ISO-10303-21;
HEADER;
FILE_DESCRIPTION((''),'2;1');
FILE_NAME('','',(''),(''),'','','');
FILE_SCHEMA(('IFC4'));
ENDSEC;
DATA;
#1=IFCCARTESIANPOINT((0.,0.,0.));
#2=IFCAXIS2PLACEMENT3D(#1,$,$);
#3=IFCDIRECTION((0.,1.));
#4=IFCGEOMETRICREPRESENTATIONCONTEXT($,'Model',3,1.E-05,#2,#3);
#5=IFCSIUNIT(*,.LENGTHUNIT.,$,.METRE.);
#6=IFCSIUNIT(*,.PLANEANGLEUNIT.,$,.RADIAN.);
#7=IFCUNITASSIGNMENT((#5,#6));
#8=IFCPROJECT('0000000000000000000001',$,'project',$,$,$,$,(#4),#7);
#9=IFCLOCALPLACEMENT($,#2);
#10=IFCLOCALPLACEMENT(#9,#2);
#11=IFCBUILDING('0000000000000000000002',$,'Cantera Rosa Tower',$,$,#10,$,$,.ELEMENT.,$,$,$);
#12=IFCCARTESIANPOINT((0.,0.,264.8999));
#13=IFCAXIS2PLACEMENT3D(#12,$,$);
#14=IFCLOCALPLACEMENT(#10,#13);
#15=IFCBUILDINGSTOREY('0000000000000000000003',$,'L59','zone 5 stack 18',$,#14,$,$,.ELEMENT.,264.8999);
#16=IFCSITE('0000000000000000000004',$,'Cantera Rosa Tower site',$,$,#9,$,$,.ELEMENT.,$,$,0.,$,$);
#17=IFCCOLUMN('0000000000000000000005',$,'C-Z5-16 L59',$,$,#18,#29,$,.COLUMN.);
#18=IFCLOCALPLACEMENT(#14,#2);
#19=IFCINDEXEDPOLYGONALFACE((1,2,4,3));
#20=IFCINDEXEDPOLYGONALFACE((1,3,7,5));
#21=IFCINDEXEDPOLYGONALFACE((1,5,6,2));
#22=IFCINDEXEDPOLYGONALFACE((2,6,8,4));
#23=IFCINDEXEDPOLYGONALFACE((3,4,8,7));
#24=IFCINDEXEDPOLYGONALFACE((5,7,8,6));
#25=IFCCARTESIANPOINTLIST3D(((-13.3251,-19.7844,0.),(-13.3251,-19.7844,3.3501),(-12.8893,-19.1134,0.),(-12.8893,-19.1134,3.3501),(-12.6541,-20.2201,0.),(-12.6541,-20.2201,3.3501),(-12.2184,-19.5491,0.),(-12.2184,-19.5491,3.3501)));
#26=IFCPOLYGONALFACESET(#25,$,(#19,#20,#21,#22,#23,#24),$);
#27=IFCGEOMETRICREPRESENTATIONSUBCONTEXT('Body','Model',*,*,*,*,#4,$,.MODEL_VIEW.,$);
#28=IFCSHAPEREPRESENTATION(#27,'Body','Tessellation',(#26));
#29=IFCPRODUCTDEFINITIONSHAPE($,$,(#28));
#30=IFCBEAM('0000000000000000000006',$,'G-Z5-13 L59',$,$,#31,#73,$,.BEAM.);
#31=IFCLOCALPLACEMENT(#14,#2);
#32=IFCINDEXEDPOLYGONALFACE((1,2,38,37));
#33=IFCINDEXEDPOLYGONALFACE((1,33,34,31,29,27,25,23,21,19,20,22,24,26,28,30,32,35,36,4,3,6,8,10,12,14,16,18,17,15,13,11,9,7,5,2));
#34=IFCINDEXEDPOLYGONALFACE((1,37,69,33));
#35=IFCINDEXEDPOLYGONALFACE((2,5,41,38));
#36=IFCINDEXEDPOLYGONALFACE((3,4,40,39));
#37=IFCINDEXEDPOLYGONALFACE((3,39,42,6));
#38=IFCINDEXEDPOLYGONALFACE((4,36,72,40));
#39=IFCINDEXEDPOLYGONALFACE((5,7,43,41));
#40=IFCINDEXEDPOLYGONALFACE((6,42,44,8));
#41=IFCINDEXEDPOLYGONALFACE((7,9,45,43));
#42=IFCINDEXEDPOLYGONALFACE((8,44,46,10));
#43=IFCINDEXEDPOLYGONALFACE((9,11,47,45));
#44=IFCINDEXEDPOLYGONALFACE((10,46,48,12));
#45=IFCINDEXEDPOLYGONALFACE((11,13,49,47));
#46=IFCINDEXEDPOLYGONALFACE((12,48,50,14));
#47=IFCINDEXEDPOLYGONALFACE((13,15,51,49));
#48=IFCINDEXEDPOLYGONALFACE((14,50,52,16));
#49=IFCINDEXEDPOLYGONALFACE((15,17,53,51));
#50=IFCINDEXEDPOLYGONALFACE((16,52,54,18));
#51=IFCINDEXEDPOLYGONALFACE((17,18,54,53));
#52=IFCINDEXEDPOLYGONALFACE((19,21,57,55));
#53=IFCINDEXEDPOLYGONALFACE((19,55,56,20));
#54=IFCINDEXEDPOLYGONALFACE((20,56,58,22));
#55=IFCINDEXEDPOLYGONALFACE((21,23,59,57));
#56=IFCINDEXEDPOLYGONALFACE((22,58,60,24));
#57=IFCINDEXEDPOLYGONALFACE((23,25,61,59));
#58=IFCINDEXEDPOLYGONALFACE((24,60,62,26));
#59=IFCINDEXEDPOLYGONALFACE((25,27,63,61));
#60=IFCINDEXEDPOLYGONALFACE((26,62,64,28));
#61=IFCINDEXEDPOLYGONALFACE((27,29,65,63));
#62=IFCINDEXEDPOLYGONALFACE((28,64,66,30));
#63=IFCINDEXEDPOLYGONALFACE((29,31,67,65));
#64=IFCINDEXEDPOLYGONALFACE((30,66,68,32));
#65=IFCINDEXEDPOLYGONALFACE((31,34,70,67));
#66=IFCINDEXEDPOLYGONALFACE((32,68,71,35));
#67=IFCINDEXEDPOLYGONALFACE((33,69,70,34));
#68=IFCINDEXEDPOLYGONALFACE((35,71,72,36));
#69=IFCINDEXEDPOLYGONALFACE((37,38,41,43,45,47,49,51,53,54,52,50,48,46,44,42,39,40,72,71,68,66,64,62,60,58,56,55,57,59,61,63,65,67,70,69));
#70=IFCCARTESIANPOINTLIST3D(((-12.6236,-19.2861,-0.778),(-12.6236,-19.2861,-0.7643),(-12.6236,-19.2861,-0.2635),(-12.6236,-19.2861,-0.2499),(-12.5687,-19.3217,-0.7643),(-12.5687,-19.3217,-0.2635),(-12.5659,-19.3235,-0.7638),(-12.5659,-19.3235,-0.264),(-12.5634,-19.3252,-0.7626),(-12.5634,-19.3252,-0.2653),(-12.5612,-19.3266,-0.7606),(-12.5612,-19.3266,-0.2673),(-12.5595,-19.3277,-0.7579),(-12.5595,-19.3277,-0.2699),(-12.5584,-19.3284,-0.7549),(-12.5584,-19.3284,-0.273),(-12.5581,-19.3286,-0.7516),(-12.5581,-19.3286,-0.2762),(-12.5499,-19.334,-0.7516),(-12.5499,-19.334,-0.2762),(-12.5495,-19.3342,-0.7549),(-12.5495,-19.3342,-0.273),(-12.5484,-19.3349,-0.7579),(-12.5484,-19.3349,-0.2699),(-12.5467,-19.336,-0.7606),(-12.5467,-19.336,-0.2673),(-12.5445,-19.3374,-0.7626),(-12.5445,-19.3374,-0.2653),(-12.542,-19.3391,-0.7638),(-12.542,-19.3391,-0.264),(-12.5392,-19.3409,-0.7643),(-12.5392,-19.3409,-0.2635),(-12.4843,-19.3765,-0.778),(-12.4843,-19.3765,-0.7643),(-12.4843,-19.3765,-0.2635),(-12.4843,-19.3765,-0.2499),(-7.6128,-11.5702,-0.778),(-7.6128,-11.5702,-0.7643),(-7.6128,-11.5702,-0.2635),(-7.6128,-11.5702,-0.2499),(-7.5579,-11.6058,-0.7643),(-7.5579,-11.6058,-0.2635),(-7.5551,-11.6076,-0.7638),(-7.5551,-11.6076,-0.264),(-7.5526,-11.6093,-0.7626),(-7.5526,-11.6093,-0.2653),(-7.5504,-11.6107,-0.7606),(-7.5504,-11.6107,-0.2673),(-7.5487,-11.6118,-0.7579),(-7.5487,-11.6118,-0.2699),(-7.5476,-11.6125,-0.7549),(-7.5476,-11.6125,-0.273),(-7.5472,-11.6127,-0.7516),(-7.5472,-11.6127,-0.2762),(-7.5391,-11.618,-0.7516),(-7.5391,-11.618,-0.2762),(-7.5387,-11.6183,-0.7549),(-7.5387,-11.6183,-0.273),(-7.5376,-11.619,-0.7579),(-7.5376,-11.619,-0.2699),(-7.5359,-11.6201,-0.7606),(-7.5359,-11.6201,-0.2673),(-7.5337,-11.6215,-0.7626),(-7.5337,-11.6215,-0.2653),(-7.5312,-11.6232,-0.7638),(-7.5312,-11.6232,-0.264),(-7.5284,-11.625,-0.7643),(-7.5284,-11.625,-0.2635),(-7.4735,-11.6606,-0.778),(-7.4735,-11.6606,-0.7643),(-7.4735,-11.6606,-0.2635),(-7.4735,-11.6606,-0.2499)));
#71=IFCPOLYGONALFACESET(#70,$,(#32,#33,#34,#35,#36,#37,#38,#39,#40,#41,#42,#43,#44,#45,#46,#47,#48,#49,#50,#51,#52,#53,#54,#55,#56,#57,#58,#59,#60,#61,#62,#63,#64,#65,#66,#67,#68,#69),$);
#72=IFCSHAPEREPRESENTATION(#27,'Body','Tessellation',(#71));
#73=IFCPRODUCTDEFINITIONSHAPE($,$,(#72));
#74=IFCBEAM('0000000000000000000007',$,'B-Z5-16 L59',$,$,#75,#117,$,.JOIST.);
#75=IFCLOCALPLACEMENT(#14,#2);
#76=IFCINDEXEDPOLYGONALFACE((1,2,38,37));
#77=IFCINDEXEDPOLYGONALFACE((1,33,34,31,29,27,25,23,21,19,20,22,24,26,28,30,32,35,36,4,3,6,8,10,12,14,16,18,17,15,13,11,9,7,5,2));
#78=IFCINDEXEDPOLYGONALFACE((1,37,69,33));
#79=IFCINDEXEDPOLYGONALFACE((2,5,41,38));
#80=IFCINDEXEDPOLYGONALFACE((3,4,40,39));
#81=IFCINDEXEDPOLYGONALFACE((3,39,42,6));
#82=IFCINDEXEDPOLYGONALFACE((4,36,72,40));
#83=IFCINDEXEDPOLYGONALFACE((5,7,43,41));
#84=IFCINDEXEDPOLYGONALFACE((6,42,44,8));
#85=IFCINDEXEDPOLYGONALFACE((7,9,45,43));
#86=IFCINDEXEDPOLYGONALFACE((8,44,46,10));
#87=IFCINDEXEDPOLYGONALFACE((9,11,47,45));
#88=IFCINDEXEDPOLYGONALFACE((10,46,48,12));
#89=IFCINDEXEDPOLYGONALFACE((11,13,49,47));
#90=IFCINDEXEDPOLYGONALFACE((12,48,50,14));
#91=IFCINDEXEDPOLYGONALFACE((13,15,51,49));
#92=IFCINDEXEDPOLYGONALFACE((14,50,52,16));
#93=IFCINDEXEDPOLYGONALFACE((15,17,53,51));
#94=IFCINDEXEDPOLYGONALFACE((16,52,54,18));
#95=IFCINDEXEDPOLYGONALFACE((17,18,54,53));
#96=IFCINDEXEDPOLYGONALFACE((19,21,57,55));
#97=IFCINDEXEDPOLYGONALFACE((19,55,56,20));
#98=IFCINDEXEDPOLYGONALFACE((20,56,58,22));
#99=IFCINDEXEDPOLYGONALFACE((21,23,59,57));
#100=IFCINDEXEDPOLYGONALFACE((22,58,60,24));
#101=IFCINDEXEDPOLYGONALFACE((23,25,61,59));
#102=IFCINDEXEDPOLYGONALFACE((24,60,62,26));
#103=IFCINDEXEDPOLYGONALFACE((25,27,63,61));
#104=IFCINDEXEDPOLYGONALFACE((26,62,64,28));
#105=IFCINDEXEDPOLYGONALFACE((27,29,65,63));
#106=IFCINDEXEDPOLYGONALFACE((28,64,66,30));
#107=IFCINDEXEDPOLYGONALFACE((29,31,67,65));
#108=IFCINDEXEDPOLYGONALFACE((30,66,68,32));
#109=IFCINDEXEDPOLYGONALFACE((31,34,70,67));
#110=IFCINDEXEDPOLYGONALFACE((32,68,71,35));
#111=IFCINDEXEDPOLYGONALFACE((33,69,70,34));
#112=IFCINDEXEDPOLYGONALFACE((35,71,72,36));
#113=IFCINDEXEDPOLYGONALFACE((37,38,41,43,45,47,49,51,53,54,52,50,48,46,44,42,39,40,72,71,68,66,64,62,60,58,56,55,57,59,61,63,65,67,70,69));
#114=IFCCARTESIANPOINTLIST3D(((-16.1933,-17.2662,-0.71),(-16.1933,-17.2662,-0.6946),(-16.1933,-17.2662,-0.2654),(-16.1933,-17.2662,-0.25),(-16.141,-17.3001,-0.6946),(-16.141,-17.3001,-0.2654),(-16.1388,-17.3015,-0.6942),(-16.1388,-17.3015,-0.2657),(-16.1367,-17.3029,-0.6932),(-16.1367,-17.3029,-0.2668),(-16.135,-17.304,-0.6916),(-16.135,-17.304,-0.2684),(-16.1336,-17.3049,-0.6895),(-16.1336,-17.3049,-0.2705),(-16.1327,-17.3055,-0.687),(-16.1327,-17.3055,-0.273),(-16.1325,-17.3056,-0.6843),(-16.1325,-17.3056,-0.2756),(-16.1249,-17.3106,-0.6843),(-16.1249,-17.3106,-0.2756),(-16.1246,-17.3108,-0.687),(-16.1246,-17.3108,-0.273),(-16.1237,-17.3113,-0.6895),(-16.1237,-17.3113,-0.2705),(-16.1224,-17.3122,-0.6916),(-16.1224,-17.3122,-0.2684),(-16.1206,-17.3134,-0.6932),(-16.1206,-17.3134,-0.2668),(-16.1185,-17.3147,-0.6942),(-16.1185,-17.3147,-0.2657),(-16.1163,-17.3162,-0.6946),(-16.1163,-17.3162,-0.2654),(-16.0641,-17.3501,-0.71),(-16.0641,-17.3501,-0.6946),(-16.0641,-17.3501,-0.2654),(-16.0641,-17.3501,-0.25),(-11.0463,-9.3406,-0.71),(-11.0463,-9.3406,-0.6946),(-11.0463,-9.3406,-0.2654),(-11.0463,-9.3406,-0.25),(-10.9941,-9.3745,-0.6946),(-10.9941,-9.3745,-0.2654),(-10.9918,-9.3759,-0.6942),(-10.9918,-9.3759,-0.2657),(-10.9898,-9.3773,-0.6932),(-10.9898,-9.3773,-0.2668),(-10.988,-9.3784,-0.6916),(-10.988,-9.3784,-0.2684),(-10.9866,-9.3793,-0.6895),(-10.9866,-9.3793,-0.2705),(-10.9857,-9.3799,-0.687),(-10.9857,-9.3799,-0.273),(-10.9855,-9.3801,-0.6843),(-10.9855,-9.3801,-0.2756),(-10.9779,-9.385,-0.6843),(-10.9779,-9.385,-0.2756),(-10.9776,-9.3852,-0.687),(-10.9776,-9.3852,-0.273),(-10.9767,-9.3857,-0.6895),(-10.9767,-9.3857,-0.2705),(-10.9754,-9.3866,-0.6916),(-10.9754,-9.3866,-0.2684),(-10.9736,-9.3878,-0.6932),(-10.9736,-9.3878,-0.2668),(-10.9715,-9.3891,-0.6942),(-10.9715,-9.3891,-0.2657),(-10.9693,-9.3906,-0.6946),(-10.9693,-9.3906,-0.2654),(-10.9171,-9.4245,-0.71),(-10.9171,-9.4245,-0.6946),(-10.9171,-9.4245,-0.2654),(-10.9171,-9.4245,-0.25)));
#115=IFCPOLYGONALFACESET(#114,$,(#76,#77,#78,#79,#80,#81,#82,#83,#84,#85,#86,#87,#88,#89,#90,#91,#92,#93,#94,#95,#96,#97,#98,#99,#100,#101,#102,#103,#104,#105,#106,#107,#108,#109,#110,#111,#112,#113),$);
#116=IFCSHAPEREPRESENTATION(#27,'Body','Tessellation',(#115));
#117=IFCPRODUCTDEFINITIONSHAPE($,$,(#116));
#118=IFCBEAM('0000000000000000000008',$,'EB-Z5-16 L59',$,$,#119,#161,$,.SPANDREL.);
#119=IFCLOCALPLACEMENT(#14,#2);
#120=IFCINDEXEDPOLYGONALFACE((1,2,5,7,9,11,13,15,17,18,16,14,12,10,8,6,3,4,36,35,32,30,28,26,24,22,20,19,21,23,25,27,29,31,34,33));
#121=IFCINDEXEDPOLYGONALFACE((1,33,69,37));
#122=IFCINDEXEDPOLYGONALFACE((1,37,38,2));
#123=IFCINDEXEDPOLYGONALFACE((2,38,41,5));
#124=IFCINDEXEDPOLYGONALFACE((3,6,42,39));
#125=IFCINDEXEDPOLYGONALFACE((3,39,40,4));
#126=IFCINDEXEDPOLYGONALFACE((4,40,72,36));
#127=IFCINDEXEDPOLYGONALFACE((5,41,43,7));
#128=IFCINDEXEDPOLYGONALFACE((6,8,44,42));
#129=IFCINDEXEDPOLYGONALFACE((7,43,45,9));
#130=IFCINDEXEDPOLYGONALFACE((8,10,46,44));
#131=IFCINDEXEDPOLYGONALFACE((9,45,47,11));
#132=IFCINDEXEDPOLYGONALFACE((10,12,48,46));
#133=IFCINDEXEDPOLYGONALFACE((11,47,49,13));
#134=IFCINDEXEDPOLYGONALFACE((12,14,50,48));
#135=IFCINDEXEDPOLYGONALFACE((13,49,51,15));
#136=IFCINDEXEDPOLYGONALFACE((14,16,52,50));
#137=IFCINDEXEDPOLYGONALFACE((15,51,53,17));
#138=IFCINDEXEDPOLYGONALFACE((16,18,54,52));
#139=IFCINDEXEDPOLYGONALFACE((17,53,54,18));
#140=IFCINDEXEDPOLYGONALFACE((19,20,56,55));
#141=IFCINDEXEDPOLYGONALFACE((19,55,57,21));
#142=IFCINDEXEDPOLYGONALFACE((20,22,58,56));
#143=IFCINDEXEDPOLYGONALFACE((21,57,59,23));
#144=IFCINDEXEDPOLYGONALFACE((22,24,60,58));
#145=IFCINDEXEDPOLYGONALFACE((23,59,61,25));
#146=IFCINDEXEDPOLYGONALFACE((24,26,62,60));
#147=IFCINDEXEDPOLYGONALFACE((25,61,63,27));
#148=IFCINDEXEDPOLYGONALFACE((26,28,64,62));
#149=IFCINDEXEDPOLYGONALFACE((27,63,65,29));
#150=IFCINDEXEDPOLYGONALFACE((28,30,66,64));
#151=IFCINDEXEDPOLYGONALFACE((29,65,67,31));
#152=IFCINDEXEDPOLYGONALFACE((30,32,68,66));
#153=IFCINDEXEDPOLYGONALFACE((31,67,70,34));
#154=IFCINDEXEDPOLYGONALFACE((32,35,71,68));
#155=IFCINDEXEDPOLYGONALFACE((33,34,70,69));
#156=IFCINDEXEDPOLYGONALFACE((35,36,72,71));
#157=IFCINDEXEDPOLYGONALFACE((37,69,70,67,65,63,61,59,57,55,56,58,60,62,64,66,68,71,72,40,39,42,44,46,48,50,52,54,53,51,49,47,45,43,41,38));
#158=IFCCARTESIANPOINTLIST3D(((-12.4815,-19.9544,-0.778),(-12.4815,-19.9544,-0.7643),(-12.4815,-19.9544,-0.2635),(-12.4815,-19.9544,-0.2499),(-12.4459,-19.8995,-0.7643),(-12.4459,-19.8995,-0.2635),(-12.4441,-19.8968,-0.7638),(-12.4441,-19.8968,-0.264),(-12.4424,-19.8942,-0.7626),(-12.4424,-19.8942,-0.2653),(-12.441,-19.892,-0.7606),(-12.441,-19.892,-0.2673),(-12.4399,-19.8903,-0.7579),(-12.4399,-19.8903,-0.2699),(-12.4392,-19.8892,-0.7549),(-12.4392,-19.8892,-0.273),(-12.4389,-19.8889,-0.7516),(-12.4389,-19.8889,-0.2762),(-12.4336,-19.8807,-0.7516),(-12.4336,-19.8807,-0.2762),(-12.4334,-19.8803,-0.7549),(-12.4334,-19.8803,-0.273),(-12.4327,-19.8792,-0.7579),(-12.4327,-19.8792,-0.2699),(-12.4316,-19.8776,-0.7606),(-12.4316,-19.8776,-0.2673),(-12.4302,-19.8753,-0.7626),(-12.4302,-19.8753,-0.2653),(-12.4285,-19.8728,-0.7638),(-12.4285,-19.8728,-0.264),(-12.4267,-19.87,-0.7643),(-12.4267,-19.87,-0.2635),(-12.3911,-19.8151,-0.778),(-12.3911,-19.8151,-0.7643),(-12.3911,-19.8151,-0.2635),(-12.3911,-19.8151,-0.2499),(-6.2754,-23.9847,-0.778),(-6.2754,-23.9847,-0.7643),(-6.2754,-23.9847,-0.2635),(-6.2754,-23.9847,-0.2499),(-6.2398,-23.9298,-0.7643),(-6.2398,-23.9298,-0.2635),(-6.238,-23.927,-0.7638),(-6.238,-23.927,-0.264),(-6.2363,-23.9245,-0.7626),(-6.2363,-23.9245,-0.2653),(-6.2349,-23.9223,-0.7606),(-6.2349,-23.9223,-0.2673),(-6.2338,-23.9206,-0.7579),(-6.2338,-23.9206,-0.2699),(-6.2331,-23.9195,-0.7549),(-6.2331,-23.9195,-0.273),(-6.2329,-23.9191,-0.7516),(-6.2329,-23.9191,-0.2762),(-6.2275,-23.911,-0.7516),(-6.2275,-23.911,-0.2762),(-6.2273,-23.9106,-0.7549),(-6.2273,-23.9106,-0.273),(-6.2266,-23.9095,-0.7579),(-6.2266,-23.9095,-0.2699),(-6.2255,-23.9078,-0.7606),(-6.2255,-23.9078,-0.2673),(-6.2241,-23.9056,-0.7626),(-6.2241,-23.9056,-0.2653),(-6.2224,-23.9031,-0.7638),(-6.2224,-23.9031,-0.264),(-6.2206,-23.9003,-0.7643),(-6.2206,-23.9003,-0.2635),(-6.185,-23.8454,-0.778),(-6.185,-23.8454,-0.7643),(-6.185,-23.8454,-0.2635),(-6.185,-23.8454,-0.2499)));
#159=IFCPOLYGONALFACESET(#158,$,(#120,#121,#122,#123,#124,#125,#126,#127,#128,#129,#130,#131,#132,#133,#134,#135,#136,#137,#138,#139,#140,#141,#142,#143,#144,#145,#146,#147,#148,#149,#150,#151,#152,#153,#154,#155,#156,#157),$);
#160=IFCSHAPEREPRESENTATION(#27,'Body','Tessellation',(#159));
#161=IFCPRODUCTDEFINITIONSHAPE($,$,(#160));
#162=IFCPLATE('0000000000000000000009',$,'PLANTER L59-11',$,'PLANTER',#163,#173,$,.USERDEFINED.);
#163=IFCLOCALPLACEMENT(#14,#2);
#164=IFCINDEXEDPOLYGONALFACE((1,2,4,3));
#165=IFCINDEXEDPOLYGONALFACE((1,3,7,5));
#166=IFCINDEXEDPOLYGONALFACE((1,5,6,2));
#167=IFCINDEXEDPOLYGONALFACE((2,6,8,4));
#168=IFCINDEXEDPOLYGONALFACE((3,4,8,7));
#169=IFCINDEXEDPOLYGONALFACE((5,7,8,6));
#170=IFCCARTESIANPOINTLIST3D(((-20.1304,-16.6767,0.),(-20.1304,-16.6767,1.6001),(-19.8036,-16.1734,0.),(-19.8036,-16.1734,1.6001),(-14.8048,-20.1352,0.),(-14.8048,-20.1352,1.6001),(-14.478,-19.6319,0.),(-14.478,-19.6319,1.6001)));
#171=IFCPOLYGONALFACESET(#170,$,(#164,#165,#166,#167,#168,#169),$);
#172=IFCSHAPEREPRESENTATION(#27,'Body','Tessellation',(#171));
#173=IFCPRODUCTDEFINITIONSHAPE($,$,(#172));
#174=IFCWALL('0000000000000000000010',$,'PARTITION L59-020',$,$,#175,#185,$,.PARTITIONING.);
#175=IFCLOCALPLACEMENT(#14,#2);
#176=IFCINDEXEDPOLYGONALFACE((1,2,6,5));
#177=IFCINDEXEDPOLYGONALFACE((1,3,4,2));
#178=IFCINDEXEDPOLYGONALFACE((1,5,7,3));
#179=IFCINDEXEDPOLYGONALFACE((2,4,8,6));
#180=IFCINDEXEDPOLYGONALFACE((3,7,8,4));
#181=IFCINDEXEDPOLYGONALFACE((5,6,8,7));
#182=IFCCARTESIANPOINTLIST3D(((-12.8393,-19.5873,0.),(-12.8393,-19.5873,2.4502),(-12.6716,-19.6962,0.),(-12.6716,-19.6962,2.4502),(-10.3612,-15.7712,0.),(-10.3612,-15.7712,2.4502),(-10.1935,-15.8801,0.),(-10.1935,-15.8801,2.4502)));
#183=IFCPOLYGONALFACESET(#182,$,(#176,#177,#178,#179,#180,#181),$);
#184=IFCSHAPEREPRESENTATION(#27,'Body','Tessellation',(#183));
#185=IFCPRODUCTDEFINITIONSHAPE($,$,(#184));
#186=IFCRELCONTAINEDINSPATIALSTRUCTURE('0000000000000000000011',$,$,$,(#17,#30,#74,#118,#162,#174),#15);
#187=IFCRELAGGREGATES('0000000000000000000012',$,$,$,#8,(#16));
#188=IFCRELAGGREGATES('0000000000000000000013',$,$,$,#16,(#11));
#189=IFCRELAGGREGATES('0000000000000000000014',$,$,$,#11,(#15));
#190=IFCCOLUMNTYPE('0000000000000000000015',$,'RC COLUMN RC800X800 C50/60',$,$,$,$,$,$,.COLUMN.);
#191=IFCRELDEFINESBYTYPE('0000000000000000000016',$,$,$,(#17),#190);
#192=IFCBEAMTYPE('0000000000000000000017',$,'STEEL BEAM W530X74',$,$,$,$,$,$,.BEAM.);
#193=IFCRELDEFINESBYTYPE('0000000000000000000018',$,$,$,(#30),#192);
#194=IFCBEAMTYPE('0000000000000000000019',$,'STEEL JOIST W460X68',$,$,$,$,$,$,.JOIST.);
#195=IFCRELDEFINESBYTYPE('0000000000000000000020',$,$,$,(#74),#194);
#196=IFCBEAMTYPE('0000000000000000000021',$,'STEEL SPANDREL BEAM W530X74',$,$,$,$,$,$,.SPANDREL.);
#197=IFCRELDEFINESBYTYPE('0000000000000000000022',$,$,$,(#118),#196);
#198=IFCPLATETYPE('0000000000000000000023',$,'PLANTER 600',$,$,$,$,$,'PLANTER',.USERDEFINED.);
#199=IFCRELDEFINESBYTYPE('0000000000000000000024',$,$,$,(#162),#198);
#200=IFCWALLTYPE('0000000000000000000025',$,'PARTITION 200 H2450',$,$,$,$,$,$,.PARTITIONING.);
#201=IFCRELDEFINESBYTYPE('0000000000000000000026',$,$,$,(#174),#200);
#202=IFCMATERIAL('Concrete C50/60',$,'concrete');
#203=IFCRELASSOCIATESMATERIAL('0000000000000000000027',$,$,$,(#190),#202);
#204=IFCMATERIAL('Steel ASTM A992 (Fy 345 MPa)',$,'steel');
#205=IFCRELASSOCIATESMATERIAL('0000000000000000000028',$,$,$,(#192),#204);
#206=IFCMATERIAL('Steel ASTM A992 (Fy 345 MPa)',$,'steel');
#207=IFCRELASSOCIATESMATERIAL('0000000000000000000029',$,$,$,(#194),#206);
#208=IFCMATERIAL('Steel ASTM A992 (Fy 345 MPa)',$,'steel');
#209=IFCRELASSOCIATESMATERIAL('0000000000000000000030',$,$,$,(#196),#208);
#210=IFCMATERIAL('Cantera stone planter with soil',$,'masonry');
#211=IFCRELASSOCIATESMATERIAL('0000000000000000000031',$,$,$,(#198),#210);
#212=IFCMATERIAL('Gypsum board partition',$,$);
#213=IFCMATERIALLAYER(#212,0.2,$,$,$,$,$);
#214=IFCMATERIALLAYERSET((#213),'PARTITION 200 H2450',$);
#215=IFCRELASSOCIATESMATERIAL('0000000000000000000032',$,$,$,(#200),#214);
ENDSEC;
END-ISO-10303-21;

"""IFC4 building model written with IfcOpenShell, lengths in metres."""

from ifc_helpers import new_model, si_unit, direction, frame, frame_2d, origin, origin_2d, place, context, subcontext, project, spatial, rectangle, i_section, extrude, material, layer, layer_set, material_profile, profile_set, type_object, element, save


model = new_model("IFC4")

# Units and contexts
model_context = context("Model", 3, precision=1e-05, world=origin(), true_north=direction((0.0, 1.0)))
body_context = subcontext(model_context, "Body", "Model", "MODEL_VIEW")
ifc_project = project(units=[si_unit("LENGTHUNIT", "METRE"), si_unit("PLANEANGLEUNIT", "RADIAN")], contexts=[model_context])

# Site, building, storey
site_placement = place(None, origin())
site = spatial("IfcSite", under=ifc_project, at=site_placement, Name="Cantera Rosa Tower site", CompositionType="ELEMENT", RefElevation=0.0)
building_placement = place(site_placement, origin())
building = spatial("IfcBuilding", under=site, at=building_placement, Name="Cantera Rosa Tower", CompositionType="ELEMENT")
storey_placement = place(building_placement, frame((0.0, 0.0, 264.8999)))
storey = spatial("IfcBuildingStorey", under=building, at=storey_placement, Name="L59", Description="zone 5 stack 18", CompositionType="ELEMENT", Elevation=264.8999)

# Column
ifc_material_1 = material(Name="Concrete C50/60", Category="concrete")
ifc_material_profile_1 = material_profile(ifc_material_1, rectangle(XDim=0.8, YDim=0.8, at=origin_2d()), Name="RC COLUMN RC800X800 C50/60")
ifc_profile_set_1 = profile_set([ifc_material_profile_1], Name="Concrete C50/60")
column_type = type_object("IfcColumnType", Name="RC COLUMN RC800X800 C50/60", PredefinedType="COLUMN", material=ifc_profile_set_1)
column_placement = place(storey_placement, frame((-12.7717, -19.6667, 0.0), z_axis=(0.0, 0.0, 1.0), x_axis=(0.544639, 0.838671, 0.0)))
element("IfcColumn", 1, at=column_placement, inside=storey, type_object=column_type, Name="C-Z5-16 L59", PredefinedType="COLUMN", context=body_context, shape_type="SweptSolid", body=[
    extrude(rectangle(XDim=0.8, YDim=0.8, at=origin_2d()), origin(), (0.0, 0.0, 1.0), 3.3501),
])

# Beams
ifc_material_2 = material(Name="Steel ASTM A992 (Fy 345 MPa)", Category="steel")
ifc_material_profile_2 = material_profile(ifc_material_2, i_section(OverallWidth=0.166, OverallDepth=0.5281, WebThickness=0.0098, FlangeThickness=0.0137, FilletRadius=0.0127, at=origin_2d()), Name="W530X74")
ifc_profile_set_2 = profile_set([ifc_material_profile_2], Name="Steel ASTM A992 (Fy 345 MPa)")
beam_type_1 = type_object("IfcBeamType", Name="STEEL BEAM W530X74", PredefinedType="BEAM", material=ifc_profile_set_2)
beam_1_placement = place(storey_placement, frame((-12.554, -19.3313, -0.5139), z_axis=(0.544641, 0.838669, 0.0), x_axis=(-0.838669, 0.544641, 0.0)))
element("IfcBeam", 2, at=beam_1_placement, inside=storey, type_object=beam_type_1, Name="G-Z5-13 L59", PredefinedType="BEAM", context=body_context, shape_type="SweptSolid", body=[
    extrude(i_section(OverallWidth=0.166, OverallDepth=0.5281, WebThickness=0.0098, FlangeThickness=0.0137, FilletRadius=0.0127, at=origin_2d()), origin(), (0.0, 0.0, 1.0), 9.2002),
])
ifc_material_3 = material(Name="Steel ASTM A992 (Fy 345 MPa)", Category="steel")
ifc_material_profile_3 = material_profile(ifc_material_3, i_section(OverallWidth=0.1541, OverallDepth=0.46, WebThickness=0.009, FlangeThickness=0.0154, FilletRadius=0.0103, at=origin_2d()), Name="W460X68")
ifc_profile_set_3 = profile_set([ifc_material_profile_3], Name="Steel ASTM A992 (Fy 345 MPa)")
beam_type_2 = type_object("IfcBeamType", Name="STEEL JOIST W460X68", PredefinedType="JOIST", material=ifc_profile_set_3)
beam_2_placement = place(storey_placement, frame((-16.1287, -17.3081, -0.48), z_axis=(0.544644, 0.838667, 0.0), x_axis=(-0.838667, 0.544644, 0.0)))
element("IfcBeam", 3, at=beam_2_placement, inside=storey, type_object=beam_type_2, Name="B-Z5-16 L59", PredefinedType="JOIST", context=body_context, shape_type="SweptSolid", body=[
    extrude(i_section(OverallWidth=0.1541, OverallDepth=0.46, WebThickness=0.009, FlangeThickness=0.0154, FilletRadius=0.0103, at=origin_2d()), origin(), (0.0, 0.0, 1.0), 9.4502),
])
ifc_material_4 = material(Name="Steel ASTM A992 (Fy 345 MPa)", Category="steel")
ifc_material_profile_4 = material_profile(ifc_material_4, i_section(OverallWidth=0.166, OverallDepth=0.5281, WebThickness=0.0098, FlangeThickness=0.0137, FilletRadius=0.0127, at=origin_2d()), Name="W530X74")
ifc_profile_set_4 = profile_set([ifc_material_profile_4], Name="Steel ASTM A992 (Fy 345 MPa)")
beam_type_3 = type_object("IfcBeamType", Name="STEEL SPANDREL BEAM W530X74", PredefinedType="SPANDREL", material=ifc_profile_set_4)
beam_3_placement = place(storey_placement, frame((-12.4363, -19.8848, -0.5139), z_axis=(0.83867, -0.54464, 0.0), x_axis=(0.54464, 0.83867, 0.0)))
element("IfcBeam", 4, at=beam_3_placement, inside=storey, type_object=beam_type_3, Name="EB-Z5-16 L59", PredefinedType="SPANDREL", context=body_context, shape_type="SweptSolid", body=[
    extrude(i_section(OverallWidth=0.166, OverallDepth=0.5281, WebThickness=0.0098, FlangeThickness=0.0137, FilletRadius=0.0127, at=origin_2d()), origin(), (0.0, 0.0, 1.0), 7.3999),
])

# Plate
ifc_material_5 = material(Name="Cantera stone planter with soil", Category="masonry")
plate_type = type_object("IfcPlateType", Name="PLANTER 600", ElementType="PLANTER", PredefinedType="USERDEFINED", material=ifc_material_5)
plate_placement = place(storey_placement, frame((-17.3042, -18.1543, 0.0), z_axis=(0.0, 0.0, 1.0), x_axis=(0.838671, -0.544639, 0.0)))
element("IfcPlate", 5, at=plate_placement, inside=storey, type_object=plate_type, Name="PLANTER L59-11", ObjectType="PLANTER", PredefinedType="USERDEFINED", context=body_context, shape_type="SweptSolid", body=[
    extrude(rectangle(XDim=6.3501, YDim=0.6001, at=origin_2d()), origin(), (0.0, 0.0, 1.0), 1.6001),
])

# Wall
ifc_material_6 = material(Name="Gypsum board partition")
ifc_layer_1 = layer(ifc_material_6, 0.2)
ifc_layer_set_1 = layer_set([ifc_layer_1], Name="PARTITION 200 H2450")
wall_type_1 = type_object("IfcWallType", Name="PARTITION 200 H2450", PredefinedType="PARTITIONING", material=ifc_layer_set_1)
wall_1_placement = place(storey_placement, frame((-12.7554, -19.6416, 0.0), z_axis=(0.0, 0.0, 1.0), x_axis=(0.54463, 0.838676, 0.0)))
element("IfcWall", 6, at=wall_1_placement, inside=storey, type_object=wall_type_1, Name="PARTITION L59-020", PredefinedType="PARTITIONING", context=body_context, shape_type="SweptSolid", body=[
    extrude(rectangle(XDim=4.55, YDim=0.2, at=frame_2d((2.2749, 0.0))), origin(), (0.0, 0.0, 1.0), 2.4502),
])

save(model, "model.ifc")
